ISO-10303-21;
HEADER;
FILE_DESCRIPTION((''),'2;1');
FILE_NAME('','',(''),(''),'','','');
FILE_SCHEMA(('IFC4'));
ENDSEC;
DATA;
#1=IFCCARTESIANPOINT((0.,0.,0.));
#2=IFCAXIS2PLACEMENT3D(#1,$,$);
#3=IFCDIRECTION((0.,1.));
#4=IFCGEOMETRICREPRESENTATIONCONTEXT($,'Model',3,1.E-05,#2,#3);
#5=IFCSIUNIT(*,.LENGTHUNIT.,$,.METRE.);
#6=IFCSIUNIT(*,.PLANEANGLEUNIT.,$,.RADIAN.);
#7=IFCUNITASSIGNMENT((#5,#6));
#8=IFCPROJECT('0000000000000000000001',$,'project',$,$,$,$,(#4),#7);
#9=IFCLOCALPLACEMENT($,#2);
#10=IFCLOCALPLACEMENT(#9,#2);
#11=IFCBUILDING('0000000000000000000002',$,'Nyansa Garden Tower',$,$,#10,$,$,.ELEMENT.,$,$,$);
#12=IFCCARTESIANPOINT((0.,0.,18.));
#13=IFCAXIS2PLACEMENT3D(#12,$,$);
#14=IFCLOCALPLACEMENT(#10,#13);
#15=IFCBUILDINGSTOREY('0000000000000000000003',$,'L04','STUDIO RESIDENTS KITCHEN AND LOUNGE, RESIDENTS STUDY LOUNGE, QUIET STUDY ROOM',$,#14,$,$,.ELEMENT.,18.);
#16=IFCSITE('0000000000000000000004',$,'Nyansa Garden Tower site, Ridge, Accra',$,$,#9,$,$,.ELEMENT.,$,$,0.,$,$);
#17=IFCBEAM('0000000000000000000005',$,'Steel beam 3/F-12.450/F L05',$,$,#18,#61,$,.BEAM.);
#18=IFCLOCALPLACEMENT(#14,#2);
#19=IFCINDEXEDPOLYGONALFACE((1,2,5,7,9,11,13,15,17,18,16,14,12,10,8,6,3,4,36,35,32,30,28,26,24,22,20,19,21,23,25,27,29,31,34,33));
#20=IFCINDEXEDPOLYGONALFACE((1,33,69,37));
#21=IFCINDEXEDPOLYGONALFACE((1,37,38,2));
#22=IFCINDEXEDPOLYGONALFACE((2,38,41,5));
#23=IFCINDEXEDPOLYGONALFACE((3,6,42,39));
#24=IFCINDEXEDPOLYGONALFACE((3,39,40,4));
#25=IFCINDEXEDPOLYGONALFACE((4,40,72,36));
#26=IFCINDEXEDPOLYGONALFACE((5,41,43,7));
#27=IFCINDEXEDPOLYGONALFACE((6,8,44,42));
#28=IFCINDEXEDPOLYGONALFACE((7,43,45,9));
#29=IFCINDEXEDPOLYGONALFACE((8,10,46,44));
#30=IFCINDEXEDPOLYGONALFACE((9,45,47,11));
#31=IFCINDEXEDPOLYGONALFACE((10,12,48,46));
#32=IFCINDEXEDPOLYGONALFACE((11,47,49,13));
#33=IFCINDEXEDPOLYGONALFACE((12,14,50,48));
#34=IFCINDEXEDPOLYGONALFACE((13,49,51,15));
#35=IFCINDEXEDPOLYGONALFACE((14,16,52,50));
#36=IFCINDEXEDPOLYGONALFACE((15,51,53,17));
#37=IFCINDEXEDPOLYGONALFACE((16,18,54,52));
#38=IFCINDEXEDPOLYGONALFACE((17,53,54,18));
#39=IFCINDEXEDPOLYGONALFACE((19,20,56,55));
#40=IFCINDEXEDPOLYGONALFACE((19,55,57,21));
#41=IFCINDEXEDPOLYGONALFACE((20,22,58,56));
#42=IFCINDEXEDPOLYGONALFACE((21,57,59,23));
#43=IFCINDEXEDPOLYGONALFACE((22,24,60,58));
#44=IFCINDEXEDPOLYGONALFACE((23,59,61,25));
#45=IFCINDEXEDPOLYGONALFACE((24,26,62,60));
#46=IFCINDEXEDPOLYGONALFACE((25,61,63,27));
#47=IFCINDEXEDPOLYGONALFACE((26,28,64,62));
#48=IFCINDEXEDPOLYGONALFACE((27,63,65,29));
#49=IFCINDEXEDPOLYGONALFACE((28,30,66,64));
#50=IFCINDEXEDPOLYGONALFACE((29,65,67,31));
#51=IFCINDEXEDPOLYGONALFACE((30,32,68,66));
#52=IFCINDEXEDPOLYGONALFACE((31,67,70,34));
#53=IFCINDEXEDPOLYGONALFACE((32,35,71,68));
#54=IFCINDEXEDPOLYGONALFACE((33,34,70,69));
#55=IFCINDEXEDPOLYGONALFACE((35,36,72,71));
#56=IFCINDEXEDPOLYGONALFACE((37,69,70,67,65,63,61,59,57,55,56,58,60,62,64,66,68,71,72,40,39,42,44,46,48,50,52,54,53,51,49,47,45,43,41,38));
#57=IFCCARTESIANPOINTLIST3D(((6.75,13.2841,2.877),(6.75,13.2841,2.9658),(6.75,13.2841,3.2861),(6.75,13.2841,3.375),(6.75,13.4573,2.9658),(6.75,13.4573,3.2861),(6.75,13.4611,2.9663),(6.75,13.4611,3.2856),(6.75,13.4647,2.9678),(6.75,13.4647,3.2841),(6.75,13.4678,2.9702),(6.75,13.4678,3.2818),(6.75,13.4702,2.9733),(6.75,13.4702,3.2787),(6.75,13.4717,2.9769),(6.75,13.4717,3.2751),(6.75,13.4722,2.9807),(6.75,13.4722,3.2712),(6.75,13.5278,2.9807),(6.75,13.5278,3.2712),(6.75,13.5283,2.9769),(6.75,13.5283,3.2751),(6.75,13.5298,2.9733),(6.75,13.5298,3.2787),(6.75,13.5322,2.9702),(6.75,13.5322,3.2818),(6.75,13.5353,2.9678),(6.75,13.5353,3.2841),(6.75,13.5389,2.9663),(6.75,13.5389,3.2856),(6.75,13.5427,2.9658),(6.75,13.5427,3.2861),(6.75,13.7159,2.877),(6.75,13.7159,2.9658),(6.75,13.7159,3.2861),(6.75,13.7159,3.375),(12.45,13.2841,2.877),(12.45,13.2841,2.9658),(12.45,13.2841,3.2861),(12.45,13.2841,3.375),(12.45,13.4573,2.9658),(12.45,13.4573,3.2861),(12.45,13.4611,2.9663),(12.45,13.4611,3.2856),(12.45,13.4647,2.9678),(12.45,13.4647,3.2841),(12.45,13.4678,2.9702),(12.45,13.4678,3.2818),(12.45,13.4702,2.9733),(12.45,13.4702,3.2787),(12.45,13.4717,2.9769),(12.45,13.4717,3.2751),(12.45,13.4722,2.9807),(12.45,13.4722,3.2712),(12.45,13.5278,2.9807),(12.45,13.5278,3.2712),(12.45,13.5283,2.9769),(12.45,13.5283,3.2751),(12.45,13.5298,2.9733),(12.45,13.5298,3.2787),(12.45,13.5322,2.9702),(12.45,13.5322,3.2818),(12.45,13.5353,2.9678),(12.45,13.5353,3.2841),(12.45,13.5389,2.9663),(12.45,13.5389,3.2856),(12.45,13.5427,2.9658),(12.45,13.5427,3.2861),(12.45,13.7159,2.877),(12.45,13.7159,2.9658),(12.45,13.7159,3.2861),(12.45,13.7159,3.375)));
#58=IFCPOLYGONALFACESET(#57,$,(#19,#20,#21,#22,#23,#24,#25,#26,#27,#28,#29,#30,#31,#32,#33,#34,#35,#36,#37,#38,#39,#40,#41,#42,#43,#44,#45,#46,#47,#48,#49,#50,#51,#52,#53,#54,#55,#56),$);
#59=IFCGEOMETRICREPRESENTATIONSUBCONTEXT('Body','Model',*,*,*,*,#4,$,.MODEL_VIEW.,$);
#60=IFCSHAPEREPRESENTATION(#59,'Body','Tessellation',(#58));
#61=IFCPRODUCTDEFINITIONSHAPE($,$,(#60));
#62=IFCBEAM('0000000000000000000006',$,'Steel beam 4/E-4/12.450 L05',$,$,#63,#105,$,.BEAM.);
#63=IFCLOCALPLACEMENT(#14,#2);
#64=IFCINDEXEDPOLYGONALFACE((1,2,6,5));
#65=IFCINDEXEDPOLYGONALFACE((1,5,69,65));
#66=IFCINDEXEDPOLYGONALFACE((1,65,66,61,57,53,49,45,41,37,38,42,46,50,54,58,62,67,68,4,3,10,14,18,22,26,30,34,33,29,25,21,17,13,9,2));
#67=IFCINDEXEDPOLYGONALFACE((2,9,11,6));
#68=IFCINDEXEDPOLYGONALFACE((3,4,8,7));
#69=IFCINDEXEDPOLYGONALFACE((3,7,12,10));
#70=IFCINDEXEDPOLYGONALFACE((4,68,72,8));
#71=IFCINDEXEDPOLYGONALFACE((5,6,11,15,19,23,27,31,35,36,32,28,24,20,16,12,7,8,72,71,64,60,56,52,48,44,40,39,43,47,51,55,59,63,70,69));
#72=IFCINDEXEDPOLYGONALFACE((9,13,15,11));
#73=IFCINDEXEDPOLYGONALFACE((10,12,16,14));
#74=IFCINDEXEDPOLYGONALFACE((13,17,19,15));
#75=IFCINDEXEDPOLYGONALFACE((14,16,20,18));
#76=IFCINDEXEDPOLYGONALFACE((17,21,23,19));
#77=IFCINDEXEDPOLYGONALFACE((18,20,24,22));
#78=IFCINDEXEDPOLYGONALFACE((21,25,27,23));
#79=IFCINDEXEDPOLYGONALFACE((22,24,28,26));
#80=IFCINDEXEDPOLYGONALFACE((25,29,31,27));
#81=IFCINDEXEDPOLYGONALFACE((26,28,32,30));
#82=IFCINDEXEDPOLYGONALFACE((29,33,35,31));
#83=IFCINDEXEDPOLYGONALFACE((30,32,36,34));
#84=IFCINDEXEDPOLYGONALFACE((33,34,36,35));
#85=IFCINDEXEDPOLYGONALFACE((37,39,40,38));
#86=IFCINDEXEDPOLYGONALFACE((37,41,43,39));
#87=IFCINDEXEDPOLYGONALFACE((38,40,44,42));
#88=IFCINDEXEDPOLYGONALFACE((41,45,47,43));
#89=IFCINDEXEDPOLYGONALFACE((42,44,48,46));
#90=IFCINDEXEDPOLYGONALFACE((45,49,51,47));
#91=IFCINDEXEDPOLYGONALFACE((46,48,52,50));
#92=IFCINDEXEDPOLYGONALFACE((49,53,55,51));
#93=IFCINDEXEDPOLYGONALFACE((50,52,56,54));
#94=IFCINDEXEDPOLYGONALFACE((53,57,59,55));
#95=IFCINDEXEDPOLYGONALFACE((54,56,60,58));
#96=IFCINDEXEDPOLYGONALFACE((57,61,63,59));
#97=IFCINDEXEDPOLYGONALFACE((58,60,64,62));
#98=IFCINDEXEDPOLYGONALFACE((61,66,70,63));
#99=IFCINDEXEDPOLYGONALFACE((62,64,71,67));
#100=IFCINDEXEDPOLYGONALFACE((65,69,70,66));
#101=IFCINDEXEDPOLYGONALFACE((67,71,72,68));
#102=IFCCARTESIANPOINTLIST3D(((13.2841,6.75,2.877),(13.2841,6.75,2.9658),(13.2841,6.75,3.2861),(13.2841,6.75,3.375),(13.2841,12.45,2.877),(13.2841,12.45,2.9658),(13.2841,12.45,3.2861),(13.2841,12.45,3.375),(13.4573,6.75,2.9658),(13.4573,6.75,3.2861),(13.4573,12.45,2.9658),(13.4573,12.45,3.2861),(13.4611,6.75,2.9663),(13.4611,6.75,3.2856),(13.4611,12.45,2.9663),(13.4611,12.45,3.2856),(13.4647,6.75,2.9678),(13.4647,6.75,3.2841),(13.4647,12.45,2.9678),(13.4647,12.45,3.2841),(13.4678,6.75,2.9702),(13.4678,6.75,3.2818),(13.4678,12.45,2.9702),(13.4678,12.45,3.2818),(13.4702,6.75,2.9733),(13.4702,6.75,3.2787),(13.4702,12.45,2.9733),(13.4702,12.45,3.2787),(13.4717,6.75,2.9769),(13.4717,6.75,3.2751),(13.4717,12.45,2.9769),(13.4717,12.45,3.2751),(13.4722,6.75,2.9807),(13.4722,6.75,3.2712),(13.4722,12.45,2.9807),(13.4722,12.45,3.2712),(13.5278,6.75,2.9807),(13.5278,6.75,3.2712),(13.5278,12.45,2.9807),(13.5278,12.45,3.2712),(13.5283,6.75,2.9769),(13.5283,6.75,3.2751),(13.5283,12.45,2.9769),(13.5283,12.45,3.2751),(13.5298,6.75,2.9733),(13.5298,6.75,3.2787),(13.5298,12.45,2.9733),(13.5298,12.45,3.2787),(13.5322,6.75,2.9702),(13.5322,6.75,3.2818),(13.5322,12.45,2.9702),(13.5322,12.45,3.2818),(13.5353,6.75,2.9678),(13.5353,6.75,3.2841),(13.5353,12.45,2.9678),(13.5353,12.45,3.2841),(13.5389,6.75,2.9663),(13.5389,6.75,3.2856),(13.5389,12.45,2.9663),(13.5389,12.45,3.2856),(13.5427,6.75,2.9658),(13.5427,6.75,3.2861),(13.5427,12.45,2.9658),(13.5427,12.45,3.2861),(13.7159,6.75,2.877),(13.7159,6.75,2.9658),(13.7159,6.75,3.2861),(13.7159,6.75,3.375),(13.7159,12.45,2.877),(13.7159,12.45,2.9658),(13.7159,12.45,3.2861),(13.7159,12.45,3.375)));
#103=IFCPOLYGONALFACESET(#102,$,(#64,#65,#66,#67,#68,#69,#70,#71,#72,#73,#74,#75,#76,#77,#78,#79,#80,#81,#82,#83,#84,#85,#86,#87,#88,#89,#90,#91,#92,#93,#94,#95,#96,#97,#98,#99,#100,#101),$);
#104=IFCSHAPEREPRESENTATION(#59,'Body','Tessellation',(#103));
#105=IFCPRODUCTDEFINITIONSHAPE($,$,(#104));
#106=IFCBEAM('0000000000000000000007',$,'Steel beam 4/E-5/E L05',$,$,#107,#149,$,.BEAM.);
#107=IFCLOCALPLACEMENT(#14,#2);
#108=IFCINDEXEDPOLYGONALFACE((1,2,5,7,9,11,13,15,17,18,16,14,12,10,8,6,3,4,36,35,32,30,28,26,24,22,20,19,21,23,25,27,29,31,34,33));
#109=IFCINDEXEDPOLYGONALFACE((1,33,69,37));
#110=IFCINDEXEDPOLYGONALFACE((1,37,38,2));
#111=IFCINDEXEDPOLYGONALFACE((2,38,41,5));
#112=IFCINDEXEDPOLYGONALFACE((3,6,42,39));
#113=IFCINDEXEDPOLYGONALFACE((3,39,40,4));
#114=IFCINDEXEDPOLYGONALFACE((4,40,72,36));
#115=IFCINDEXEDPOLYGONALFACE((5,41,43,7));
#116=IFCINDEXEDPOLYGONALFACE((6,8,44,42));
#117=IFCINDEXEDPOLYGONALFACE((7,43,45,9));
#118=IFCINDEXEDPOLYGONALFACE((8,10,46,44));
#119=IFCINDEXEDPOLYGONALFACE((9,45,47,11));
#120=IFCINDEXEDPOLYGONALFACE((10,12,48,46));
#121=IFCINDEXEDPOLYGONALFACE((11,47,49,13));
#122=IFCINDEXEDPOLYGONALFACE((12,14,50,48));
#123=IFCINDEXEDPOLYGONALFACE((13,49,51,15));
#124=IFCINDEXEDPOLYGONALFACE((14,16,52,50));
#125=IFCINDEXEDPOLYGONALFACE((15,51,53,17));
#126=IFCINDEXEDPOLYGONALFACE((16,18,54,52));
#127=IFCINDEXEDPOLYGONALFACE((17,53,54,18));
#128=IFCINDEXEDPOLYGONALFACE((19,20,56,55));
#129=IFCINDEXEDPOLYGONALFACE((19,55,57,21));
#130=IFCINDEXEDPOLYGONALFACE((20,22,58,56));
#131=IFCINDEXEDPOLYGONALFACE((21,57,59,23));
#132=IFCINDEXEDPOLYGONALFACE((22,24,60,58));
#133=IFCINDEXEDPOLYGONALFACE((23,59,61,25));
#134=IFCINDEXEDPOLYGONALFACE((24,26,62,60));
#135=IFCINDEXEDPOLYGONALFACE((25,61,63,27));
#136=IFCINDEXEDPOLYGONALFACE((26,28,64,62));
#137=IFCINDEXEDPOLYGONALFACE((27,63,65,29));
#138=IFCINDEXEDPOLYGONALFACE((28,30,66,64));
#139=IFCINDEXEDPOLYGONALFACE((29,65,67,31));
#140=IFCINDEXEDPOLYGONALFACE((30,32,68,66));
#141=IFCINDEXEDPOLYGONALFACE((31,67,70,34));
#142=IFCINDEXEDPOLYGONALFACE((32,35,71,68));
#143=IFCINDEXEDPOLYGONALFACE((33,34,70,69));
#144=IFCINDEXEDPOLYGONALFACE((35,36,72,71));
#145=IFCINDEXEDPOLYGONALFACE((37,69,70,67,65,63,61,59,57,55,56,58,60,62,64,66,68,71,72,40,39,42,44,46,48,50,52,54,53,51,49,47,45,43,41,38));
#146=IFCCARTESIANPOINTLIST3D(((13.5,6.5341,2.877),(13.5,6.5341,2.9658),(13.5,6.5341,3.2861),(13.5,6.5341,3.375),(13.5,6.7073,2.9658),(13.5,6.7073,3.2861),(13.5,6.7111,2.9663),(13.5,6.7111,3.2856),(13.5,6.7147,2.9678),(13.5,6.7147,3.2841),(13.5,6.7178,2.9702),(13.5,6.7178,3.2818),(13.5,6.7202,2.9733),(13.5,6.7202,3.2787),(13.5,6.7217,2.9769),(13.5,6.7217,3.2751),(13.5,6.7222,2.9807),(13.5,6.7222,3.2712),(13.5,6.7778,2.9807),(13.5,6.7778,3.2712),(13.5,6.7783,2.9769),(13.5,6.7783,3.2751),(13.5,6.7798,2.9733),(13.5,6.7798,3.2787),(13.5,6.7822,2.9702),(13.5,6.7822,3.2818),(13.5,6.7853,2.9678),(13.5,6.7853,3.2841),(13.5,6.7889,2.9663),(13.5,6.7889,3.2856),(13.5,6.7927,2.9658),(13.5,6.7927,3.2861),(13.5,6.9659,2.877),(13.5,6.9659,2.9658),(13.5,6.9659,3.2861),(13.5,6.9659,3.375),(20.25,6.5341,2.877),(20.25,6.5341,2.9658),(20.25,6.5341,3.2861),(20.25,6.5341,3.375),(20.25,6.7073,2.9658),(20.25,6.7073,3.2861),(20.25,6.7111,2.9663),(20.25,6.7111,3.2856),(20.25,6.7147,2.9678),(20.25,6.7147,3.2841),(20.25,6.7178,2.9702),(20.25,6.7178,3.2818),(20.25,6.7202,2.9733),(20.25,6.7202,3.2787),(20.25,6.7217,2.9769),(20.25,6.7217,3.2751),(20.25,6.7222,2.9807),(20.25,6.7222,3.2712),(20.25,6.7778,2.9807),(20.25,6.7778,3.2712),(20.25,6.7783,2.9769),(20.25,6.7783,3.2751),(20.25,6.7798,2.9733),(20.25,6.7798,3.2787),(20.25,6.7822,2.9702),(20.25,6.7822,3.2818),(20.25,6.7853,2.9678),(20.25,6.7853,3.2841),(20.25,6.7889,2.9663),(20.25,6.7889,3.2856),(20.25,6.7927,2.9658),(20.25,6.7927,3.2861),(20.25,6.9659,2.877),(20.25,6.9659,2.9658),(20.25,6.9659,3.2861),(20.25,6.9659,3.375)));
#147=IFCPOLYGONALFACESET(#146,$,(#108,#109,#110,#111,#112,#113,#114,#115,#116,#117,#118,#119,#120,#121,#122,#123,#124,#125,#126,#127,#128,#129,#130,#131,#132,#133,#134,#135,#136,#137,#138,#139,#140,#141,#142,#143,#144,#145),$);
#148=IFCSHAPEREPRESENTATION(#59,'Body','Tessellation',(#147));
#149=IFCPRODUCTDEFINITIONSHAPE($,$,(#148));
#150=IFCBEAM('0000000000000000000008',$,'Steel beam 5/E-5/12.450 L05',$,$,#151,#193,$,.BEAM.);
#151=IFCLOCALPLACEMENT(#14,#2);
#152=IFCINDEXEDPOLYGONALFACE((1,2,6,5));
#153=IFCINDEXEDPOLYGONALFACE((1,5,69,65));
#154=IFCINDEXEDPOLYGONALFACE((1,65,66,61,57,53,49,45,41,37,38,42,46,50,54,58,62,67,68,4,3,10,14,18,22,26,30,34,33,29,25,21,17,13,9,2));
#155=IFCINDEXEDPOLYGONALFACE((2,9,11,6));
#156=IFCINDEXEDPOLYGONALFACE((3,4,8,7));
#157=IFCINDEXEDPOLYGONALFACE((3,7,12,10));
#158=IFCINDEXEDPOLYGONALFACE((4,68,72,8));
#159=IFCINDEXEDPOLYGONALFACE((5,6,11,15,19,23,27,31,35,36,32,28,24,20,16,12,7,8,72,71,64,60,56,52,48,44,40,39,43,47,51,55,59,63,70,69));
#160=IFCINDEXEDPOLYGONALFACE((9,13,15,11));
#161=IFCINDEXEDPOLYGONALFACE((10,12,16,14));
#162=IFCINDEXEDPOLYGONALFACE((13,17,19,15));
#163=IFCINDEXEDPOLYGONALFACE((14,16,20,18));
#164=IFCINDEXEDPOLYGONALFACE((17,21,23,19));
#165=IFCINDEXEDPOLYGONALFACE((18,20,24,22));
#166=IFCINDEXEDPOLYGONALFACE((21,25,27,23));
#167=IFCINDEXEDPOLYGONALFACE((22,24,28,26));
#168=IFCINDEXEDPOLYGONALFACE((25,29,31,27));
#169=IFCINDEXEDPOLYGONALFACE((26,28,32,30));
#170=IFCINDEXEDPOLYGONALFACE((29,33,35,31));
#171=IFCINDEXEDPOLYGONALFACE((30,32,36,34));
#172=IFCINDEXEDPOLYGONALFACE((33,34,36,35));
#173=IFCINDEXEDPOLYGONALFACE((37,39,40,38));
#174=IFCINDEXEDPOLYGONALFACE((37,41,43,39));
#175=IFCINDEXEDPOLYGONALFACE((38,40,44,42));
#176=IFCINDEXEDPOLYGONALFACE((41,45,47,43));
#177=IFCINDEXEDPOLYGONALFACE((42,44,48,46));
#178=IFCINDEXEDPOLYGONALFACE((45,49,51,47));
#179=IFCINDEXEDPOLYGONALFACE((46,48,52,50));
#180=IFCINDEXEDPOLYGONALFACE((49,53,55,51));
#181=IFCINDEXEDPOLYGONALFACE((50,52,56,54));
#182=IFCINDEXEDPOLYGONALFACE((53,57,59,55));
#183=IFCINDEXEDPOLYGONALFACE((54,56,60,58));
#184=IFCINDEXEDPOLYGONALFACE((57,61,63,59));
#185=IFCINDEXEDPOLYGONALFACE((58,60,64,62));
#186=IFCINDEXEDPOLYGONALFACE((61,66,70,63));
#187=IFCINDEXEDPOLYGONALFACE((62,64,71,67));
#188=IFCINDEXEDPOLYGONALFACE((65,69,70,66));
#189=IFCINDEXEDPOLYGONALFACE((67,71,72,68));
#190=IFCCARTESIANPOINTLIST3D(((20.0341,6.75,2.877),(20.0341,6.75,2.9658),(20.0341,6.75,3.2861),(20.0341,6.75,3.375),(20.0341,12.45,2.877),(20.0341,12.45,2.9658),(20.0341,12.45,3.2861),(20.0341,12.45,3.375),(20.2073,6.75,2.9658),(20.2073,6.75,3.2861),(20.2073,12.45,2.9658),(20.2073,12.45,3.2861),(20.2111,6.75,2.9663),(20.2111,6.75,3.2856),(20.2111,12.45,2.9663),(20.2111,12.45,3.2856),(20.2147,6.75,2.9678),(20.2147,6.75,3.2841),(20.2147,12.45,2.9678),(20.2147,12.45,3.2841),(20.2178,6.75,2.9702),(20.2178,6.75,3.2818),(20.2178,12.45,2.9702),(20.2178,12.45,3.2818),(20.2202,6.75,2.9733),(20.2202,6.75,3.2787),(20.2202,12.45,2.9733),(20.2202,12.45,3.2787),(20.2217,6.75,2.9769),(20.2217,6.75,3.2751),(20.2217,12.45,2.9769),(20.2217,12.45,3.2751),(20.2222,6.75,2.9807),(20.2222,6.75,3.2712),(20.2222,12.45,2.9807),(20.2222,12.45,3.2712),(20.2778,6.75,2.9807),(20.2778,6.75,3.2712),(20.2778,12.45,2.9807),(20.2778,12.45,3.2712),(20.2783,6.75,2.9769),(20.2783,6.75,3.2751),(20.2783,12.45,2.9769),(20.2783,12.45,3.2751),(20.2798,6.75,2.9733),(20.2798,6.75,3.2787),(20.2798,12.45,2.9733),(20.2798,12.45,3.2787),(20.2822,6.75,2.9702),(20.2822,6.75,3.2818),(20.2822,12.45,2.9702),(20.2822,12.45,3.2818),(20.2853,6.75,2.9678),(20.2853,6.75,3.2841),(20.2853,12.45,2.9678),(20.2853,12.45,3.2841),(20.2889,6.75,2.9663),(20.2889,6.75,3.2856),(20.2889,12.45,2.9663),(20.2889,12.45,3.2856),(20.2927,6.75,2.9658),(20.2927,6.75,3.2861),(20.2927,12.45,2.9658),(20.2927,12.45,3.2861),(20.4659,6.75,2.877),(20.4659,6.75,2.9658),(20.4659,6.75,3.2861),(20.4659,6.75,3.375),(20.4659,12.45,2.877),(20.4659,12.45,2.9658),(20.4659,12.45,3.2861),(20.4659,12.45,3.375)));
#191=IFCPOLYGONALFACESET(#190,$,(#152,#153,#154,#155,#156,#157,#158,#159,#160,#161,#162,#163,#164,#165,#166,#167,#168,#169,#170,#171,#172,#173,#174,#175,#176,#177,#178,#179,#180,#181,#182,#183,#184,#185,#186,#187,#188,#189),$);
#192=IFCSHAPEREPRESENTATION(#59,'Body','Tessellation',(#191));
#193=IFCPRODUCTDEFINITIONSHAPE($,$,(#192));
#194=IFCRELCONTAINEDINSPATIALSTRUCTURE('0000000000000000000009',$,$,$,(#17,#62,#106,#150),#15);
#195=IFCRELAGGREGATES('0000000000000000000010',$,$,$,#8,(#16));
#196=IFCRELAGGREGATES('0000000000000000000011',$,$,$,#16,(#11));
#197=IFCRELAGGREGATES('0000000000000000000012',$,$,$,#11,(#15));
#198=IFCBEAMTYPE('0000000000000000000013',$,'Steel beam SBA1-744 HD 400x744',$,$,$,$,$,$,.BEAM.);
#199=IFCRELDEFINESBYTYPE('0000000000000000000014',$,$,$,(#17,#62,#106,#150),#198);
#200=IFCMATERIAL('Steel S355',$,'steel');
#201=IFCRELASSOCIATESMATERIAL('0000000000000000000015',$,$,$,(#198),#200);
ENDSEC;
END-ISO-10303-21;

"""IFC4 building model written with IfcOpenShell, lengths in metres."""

from ifc_helpers import new_model, si_unit, direction, frame, origin, origin_2d, place, context, subcontext, project, spatial, i_section, extrude, material, material_profile, profile_set, type_object, element, save


model = new_model("IFC4")

# Units and contexts
model_context = context("Model", 3, precision=1e-05, world=origin(), true_north=direction((0.0, 1.0)))
body_context = subcontext(model_context, "Body", "Model", "MODEL_VIEW")
ifc_project = project(units=[si_unit("LENGTHUNIT", "METRE"), si_unit("PLANEANGLEUNIT", "RADIAN")], contexts=[model_context])

# Site, building, storey
site_placement = place(None, origin())
site = spatial("IfcSite", under=ifc_project, at=site_placement, Name="Nyansa Garden Tower site, Ridge, Accra", CompositionType="ELEMENT", RefElevation=0.0)
building_placement = place(site_placement, origin())
building = spatial("IfcBuilding", under=site, at=building_placement, Name="Nyansa Garden Tower", CompositionType="ELEMENT")
storey_placement = place(building_placement, frame((0.0, 0.0, 18.0)))
storey = spatial("IfcBuildingStorey", under=building, at=storey_placement, Name="L04", Description="STUDIO RESIDENTS KITCHEN AND LOUNGE, RESIDENTS STUDY LOUNGE, QUIET STUDY ROOM", CompositionType="ELEMENT", Elevation=18.0)

# Beams
ifc_material_1 = material(Name="Steel S355", Category="steel")
ifc_material_profile_1 = material_profile(ifc_material_1, i_section(OverallWidth=0.4319, OverallDepth=0.498, WebThickness=0.0557, FlangeThickness=0.0889, FilletRadius=0.0149, at=origin_2d()), Name="HD 400x744")
ifc_profile_set_1 = profile_set([ifc_material_profile_1], Name="Steel S355")
beam_type_1 = type_object("IfcBeamType", Name="Steel beam SBA1-744 HD 400x744", PredefinedType="BEAM", material=ifc_profile_set_1)
for number, where, z_axis, x_axis, name in (
    (1, (6.75, 13.5, 3.126), (1.0, 0.0, 0.0), (0.0, 1.0, 0.0), "Steel beam 3/F-12.450/F L05"),
    (2, (13.5, 6.75, 3.126), (0.0, 1.0, 0.0), (-1.0, 0.0, 0.0), "Steel beam 4/E-4/12.450 L05"),
):
    element("IfcBeam", number, at=place(storey_placement, frame(where, z_axis=z_axis, x_axis=x_axis)), inside=storey, type_object=beam_type_1, Name=name, PredefinedType="BEAM", context=body_context, shape_type="SweptSolid", body=[
        extrude(i_section(OverallWidth=0.4319, OverallDepth=0.498, WebThickness=0.0557, FlangeThickness=0.0889, FilletRadius=0.0149, at=origin_2d()), origin(), (0.0, 0.0, 1.0), 5.7),
    ])
beam_1_placement = place(storey_placement, frame((13.5, 6.75, 3.126), z_axis=(1.0, 0.0, 0.0), x_axis=(0.0, 1.0, 0.0)))
element("IfcBeam", 3, at=beam_1_placement, inside=storey, type_object=beam_type_1, Name="Steel beam 4/E-5/E L05", PredefinedType="BEAM", context=body_context, shape_type="SweptSolid", body=[
    extrude(i_section(OverallWidth=0.4319, OverallDepth=0.498, WebThickness=0.0557, FlangeThickness=0.0889, FilletRadius=0.0149, at=origin_2d()), origin(), (0.0, 0.0, 1.0), 6.75),
])
beam_2_placement = place(storey_placement, frame((20.25, 6.75, 3.126), z_axis=(0.0, 1.0, 0.0), x_axis=(-1.0, 0.0, 0.0)))
element("IfcBeam", 4, at=beam_2_placement, inside=storey, type_object=beam_type_1, Name="Steel beam 5/E-5/12.450 L05", PredefinedType="BEAM", context=body_context, shape_type="SweptSolid", body=[
    extrude(i_section(OverallWidth=0.4319, OverallDepth=0.498, WebThickness=0.0557, FlangeThickness=0.0889, FilletRadius=0.0149, at=origin_2d()), origin(), (0.0, 0.0, 1.0), 5.7),
])

save(model, "model.ifc")
